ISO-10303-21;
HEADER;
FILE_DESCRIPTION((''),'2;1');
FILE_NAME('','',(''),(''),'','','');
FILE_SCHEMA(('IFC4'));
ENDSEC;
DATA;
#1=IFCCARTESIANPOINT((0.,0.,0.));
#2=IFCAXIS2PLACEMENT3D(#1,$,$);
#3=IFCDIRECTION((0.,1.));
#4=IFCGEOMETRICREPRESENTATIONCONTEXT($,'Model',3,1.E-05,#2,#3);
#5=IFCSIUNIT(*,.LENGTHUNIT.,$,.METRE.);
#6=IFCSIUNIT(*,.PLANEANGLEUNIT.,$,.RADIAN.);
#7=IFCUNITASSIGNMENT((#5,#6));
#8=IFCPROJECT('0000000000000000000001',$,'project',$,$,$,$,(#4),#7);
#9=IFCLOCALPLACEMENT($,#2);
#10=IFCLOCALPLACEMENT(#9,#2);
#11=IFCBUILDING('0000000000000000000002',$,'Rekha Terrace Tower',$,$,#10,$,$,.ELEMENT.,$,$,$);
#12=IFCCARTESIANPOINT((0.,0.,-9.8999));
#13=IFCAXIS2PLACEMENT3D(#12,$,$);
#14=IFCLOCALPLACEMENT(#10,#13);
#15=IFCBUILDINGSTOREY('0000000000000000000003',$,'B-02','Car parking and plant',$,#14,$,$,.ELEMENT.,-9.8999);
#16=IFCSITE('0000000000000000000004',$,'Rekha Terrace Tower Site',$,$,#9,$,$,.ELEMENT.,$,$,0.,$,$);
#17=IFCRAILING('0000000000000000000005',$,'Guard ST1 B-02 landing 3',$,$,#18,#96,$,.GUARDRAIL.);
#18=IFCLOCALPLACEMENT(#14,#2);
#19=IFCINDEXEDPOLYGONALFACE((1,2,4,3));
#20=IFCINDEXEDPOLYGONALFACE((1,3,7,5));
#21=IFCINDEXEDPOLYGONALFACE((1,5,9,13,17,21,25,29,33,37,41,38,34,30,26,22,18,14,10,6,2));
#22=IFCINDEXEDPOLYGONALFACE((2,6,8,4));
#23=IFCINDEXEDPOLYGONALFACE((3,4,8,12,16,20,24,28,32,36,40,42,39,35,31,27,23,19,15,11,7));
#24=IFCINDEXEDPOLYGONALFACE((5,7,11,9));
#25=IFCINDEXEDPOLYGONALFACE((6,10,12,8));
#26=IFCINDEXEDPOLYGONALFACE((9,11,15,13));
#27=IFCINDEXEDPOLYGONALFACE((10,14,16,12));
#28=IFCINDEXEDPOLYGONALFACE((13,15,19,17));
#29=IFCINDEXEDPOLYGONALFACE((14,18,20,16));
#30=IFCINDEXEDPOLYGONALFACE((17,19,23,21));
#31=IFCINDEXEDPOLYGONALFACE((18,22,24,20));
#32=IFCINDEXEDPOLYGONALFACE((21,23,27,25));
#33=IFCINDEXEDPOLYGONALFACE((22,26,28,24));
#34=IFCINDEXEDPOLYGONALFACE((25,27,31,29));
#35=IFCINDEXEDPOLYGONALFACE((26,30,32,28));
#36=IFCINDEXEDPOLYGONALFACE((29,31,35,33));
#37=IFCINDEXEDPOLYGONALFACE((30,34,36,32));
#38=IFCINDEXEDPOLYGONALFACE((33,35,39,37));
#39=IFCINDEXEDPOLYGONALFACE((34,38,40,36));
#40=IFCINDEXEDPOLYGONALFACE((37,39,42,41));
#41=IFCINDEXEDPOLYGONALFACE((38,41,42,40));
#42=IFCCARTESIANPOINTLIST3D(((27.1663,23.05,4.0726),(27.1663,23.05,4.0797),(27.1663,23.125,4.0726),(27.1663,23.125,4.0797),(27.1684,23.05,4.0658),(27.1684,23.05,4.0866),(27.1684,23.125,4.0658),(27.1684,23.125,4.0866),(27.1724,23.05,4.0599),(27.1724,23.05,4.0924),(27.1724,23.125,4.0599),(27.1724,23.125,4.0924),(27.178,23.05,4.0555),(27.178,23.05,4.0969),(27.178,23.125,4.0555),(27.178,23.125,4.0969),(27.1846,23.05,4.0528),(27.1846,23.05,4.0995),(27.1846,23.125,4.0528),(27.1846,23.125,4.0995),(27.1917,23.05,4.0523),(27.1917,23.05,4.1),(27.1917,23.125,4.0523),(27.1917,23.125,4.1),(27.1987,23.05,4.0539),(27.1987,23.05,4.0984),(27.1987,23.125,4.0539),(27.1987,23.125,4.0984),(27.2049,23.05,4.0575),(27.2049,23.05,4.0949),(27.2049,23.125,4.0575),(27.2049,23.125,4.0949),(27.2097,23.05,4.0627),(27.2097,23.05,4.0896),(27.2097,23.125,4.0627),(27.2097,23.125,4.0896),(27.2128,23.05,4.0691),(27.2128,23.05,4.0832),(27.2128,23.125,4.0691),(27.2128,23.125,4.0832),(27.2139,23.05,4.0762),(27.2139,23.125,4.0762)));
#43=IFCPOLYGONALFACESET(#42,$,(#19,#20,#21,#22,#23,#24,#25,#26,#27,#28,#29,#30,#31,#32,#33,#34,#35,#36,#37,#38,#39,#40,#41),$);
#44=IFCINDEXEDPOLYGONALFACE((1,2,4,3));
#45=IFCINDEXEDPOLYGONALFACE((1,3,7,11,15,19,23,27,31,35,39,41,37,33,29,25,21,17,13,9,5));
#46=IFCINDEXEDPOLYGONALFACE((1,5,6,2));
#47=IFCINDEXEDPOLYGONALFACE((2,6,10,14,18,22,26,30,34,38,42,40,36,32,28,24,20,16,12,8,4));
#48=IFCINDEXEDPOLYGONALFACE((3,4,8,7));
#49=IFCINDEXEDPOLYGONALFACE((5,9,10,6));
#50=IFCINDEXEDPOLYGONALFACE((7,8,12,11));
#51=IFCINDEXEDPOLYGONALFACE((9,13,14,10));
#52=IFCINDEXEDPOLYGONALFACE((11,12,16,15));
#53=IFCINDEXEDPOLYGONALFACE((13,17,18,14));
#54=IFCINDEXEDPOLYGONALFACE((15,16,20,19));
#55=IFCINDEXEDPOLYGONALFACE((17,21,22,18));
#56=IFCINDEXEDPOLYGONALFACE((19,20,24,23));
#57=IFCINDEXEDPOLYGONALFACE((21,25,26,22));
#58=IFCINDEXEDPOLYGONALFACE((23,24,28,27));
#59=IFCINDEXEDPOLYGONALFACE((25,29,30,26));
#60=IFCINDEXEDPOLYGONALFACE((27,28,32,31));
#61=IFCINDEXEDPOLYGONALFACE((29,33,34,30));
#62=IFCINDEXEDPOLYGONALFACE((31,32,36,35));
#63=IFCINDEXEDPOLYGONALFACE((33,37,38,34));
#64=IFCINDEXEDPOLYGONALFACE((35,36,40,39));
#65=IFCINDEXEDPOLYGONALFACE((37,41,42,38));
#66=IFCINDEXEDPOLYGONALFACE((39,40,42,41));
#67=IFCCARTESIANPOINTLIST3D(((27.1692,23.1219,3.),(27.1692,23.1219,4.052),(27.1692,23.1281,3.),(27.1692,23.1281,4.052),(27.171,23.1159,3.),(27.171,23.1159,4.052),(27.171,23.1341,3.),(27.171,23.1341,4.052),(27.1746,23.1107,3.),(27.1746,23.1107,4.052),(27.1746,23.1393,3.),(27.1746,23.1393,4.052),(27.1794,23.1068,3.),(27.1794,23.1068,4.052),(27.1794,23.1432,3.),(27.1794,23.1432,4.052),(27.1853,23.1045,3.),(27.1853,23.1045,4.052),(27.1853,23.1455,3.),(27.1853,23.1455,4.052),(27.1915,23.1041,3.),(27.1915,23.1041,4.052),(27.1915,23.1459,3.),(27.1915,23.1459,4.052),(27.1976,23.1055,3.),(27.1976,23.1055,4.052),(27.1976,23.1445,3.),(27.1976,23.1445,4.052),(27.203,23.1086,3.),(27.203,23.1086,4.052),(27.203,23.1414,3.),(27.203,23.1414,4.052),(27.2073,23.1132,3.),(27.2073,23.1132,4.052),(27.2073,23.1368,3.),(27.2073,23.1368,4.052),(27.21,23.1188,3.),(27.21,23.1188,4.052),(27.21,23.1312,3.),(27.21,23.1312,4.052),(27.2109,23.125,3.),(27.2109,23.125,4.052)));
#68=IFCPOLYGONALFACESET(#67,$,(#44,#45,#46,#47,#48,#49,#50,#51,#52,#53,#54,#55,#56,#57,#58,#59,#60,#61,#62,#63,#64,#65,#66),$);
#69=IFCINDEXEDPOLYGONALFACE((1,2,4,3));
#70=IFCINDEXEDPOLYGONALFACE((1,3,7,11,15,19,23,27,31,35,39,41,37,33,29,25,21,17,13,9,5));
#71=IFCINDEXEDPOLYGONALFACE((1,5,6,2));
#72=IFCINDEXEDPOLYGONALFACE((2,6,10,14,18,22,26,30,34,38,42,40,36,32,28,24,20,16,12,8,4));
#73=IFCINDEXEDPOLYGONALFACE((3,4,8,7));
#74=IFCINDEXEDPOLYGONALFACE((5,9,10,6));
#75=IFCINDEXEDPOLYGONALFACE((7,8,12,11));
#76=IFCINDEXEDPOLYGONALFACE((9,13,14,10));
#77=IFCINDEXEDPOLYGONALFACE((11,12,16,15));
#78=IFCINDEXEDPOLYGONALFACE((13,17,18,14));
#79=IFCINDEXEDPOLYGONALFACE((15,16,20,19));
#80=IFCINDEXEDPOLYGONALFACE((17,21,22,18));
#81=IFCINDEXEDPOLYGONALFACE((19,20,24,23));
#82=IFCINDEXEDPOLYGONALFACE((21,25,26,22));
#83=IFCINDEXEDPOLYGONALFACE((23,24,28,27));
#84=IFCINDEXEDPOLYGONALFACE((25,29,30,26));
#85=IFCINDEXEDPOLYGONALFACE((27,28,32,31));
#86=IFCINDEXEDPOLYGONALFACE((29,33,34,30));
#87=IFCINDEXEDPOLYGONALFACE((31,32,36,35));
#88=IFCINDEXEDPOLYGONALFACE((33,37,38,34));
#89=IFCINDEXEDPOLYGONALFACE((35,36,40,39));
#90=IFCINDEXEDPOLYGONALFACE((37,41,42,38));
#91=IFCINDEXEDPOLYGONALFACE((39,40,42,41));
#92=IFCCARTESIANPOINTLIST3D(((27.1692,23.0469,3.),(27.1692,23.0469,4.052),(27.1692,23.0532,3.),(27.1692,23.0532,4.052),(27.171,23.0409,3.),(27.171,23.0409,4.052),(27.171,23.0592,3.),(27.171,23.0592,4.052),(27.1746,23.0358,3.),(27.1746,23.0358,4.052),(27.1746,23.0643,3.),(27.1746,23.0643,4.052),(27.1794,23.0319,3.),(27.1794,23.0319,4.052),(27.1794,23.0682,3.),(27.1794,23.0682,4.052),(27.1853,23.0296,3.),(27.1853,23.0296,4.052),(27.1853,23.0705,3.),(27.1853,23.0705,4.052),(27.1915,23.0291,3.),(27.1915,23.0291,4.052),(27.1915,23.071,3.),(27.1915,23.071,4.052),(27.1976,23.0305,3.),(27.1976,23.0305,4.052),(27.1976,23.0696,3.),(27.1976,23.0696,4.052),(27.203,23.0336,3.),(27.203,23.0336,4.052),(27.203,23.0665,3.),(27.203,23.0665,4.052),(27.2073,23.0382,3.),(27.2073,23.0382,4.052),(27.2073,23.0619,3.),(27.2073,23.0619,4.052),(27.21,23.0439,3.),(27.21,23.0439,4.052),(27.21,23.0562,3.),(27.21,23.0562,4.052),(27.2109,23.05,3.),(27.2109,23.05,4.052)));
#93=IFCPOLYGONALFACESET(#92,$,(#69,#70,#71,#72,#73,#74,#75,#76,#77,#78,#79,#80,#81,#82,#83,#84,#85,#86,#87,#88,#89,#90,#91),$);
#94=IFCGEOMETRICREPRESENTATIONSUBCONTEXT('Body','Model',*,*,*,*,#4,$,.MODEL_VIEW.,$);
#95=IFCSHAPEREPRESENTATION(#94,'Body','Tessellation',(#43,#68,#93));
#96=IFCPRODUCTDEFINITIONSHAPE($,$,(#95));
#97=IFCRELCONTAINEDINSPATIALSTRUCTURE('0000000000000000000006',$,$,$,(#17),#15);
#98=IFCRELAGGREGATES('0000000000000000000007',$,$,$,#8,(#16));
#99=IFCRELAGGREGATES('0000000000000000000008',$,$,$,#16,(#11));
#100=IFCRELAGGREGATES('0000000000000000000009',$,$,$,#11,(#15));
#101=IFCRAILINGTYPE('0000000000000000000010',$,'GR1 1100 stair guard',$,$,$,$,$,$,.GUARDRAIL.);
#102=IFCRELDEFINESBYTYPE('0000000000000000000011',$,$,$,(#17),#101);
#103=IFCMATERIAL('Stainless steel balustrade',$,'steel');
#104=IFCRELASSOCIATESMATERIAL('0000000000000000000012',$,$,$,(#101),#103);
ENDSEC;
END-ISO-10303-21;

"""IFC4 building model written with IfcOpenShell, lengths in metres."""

from ifc_helpers import new_model, si_unit, direction, frame, origin, origin_2d, place, context, subcontext, project, spatial, circle, extrude, material, type_object, element, save


model = new_model("IFC4")

# Units and contexts
model_context = context("Model", 3, precision=1e-05, world=origin(), true_north=direction((0.0, 1.0)))
body_context = subcontext(model_context, "Body", "Model", "MODEL_VIEW")
ifc_project = project(units=[si_unit("LENGTHUNIT", "METRE"), si_unit("PLANEANGLEUNIT", "RADIAN")], contexts=[model_context])

# Site, building, storey
site_placement = place(None, origin())
site = spatial("IfcSite", under=ifc_project, at=site_placement, Name="Rekha Terrace Tower Site", CompositionType="ELEMENT", RefElevation=0.0)
building_placement = place(site_placement, origin())
building = spatial("IfcBuilding", under=site, at=building_placement, Name="Rekha Terrace Tower", CompositionType="ELEMENT")
storey_placement = place(building_placement, frame((0.0, 0.0, -9.8999)))
storey = spatial("IfcBuildingStorey", under=building, at=storey_placement, Name="B-02", Description="Car parking and plant", CompositionType="ELEMENT", Elevation=-9.8999)

# Railing
ifc_material_1 = material(Name="Stainless steel balustrade", Category="steel")
railing_type_1 = type_object("IfcRailingType", Name="GR1 1100 stair guard", PredefinedType="GUARDRAIL", material=ifc_material_1)
railing_1_placement = place(storey_placement, frame((27.1899, 23.125, 3.0)))
element("IfcRailing", 1, at=railing_1_placement, inside=storey, type_object=railing_type_1, Name="Guard ST1 B-02 landing 3", PredefinedType="GUARDRAIL", context=body_context, shape_type="SweptSolid", body=[
    extrude(circle(Radius=0.0239, at=origin_2d()), frame((0.0, 0.0, 1.0762), z_axis=(0.0, -1.0, 0.0), x_axis=(1.0, 0.0, 0.0)), (0.0, 0.0, 1.0), 0.075),
    extrude(circle(Radius=0.021, at=origin_2d()), origin(), (0.0, 0.0, 1.0), 1.052),
    extrude(circle(Radius=0.021, at=origin_2d()), frame((0.0, -0.075, 0.0)), (0.0, 0.0, 1.0), 1.052),
])

save(model, "model.ifc")
